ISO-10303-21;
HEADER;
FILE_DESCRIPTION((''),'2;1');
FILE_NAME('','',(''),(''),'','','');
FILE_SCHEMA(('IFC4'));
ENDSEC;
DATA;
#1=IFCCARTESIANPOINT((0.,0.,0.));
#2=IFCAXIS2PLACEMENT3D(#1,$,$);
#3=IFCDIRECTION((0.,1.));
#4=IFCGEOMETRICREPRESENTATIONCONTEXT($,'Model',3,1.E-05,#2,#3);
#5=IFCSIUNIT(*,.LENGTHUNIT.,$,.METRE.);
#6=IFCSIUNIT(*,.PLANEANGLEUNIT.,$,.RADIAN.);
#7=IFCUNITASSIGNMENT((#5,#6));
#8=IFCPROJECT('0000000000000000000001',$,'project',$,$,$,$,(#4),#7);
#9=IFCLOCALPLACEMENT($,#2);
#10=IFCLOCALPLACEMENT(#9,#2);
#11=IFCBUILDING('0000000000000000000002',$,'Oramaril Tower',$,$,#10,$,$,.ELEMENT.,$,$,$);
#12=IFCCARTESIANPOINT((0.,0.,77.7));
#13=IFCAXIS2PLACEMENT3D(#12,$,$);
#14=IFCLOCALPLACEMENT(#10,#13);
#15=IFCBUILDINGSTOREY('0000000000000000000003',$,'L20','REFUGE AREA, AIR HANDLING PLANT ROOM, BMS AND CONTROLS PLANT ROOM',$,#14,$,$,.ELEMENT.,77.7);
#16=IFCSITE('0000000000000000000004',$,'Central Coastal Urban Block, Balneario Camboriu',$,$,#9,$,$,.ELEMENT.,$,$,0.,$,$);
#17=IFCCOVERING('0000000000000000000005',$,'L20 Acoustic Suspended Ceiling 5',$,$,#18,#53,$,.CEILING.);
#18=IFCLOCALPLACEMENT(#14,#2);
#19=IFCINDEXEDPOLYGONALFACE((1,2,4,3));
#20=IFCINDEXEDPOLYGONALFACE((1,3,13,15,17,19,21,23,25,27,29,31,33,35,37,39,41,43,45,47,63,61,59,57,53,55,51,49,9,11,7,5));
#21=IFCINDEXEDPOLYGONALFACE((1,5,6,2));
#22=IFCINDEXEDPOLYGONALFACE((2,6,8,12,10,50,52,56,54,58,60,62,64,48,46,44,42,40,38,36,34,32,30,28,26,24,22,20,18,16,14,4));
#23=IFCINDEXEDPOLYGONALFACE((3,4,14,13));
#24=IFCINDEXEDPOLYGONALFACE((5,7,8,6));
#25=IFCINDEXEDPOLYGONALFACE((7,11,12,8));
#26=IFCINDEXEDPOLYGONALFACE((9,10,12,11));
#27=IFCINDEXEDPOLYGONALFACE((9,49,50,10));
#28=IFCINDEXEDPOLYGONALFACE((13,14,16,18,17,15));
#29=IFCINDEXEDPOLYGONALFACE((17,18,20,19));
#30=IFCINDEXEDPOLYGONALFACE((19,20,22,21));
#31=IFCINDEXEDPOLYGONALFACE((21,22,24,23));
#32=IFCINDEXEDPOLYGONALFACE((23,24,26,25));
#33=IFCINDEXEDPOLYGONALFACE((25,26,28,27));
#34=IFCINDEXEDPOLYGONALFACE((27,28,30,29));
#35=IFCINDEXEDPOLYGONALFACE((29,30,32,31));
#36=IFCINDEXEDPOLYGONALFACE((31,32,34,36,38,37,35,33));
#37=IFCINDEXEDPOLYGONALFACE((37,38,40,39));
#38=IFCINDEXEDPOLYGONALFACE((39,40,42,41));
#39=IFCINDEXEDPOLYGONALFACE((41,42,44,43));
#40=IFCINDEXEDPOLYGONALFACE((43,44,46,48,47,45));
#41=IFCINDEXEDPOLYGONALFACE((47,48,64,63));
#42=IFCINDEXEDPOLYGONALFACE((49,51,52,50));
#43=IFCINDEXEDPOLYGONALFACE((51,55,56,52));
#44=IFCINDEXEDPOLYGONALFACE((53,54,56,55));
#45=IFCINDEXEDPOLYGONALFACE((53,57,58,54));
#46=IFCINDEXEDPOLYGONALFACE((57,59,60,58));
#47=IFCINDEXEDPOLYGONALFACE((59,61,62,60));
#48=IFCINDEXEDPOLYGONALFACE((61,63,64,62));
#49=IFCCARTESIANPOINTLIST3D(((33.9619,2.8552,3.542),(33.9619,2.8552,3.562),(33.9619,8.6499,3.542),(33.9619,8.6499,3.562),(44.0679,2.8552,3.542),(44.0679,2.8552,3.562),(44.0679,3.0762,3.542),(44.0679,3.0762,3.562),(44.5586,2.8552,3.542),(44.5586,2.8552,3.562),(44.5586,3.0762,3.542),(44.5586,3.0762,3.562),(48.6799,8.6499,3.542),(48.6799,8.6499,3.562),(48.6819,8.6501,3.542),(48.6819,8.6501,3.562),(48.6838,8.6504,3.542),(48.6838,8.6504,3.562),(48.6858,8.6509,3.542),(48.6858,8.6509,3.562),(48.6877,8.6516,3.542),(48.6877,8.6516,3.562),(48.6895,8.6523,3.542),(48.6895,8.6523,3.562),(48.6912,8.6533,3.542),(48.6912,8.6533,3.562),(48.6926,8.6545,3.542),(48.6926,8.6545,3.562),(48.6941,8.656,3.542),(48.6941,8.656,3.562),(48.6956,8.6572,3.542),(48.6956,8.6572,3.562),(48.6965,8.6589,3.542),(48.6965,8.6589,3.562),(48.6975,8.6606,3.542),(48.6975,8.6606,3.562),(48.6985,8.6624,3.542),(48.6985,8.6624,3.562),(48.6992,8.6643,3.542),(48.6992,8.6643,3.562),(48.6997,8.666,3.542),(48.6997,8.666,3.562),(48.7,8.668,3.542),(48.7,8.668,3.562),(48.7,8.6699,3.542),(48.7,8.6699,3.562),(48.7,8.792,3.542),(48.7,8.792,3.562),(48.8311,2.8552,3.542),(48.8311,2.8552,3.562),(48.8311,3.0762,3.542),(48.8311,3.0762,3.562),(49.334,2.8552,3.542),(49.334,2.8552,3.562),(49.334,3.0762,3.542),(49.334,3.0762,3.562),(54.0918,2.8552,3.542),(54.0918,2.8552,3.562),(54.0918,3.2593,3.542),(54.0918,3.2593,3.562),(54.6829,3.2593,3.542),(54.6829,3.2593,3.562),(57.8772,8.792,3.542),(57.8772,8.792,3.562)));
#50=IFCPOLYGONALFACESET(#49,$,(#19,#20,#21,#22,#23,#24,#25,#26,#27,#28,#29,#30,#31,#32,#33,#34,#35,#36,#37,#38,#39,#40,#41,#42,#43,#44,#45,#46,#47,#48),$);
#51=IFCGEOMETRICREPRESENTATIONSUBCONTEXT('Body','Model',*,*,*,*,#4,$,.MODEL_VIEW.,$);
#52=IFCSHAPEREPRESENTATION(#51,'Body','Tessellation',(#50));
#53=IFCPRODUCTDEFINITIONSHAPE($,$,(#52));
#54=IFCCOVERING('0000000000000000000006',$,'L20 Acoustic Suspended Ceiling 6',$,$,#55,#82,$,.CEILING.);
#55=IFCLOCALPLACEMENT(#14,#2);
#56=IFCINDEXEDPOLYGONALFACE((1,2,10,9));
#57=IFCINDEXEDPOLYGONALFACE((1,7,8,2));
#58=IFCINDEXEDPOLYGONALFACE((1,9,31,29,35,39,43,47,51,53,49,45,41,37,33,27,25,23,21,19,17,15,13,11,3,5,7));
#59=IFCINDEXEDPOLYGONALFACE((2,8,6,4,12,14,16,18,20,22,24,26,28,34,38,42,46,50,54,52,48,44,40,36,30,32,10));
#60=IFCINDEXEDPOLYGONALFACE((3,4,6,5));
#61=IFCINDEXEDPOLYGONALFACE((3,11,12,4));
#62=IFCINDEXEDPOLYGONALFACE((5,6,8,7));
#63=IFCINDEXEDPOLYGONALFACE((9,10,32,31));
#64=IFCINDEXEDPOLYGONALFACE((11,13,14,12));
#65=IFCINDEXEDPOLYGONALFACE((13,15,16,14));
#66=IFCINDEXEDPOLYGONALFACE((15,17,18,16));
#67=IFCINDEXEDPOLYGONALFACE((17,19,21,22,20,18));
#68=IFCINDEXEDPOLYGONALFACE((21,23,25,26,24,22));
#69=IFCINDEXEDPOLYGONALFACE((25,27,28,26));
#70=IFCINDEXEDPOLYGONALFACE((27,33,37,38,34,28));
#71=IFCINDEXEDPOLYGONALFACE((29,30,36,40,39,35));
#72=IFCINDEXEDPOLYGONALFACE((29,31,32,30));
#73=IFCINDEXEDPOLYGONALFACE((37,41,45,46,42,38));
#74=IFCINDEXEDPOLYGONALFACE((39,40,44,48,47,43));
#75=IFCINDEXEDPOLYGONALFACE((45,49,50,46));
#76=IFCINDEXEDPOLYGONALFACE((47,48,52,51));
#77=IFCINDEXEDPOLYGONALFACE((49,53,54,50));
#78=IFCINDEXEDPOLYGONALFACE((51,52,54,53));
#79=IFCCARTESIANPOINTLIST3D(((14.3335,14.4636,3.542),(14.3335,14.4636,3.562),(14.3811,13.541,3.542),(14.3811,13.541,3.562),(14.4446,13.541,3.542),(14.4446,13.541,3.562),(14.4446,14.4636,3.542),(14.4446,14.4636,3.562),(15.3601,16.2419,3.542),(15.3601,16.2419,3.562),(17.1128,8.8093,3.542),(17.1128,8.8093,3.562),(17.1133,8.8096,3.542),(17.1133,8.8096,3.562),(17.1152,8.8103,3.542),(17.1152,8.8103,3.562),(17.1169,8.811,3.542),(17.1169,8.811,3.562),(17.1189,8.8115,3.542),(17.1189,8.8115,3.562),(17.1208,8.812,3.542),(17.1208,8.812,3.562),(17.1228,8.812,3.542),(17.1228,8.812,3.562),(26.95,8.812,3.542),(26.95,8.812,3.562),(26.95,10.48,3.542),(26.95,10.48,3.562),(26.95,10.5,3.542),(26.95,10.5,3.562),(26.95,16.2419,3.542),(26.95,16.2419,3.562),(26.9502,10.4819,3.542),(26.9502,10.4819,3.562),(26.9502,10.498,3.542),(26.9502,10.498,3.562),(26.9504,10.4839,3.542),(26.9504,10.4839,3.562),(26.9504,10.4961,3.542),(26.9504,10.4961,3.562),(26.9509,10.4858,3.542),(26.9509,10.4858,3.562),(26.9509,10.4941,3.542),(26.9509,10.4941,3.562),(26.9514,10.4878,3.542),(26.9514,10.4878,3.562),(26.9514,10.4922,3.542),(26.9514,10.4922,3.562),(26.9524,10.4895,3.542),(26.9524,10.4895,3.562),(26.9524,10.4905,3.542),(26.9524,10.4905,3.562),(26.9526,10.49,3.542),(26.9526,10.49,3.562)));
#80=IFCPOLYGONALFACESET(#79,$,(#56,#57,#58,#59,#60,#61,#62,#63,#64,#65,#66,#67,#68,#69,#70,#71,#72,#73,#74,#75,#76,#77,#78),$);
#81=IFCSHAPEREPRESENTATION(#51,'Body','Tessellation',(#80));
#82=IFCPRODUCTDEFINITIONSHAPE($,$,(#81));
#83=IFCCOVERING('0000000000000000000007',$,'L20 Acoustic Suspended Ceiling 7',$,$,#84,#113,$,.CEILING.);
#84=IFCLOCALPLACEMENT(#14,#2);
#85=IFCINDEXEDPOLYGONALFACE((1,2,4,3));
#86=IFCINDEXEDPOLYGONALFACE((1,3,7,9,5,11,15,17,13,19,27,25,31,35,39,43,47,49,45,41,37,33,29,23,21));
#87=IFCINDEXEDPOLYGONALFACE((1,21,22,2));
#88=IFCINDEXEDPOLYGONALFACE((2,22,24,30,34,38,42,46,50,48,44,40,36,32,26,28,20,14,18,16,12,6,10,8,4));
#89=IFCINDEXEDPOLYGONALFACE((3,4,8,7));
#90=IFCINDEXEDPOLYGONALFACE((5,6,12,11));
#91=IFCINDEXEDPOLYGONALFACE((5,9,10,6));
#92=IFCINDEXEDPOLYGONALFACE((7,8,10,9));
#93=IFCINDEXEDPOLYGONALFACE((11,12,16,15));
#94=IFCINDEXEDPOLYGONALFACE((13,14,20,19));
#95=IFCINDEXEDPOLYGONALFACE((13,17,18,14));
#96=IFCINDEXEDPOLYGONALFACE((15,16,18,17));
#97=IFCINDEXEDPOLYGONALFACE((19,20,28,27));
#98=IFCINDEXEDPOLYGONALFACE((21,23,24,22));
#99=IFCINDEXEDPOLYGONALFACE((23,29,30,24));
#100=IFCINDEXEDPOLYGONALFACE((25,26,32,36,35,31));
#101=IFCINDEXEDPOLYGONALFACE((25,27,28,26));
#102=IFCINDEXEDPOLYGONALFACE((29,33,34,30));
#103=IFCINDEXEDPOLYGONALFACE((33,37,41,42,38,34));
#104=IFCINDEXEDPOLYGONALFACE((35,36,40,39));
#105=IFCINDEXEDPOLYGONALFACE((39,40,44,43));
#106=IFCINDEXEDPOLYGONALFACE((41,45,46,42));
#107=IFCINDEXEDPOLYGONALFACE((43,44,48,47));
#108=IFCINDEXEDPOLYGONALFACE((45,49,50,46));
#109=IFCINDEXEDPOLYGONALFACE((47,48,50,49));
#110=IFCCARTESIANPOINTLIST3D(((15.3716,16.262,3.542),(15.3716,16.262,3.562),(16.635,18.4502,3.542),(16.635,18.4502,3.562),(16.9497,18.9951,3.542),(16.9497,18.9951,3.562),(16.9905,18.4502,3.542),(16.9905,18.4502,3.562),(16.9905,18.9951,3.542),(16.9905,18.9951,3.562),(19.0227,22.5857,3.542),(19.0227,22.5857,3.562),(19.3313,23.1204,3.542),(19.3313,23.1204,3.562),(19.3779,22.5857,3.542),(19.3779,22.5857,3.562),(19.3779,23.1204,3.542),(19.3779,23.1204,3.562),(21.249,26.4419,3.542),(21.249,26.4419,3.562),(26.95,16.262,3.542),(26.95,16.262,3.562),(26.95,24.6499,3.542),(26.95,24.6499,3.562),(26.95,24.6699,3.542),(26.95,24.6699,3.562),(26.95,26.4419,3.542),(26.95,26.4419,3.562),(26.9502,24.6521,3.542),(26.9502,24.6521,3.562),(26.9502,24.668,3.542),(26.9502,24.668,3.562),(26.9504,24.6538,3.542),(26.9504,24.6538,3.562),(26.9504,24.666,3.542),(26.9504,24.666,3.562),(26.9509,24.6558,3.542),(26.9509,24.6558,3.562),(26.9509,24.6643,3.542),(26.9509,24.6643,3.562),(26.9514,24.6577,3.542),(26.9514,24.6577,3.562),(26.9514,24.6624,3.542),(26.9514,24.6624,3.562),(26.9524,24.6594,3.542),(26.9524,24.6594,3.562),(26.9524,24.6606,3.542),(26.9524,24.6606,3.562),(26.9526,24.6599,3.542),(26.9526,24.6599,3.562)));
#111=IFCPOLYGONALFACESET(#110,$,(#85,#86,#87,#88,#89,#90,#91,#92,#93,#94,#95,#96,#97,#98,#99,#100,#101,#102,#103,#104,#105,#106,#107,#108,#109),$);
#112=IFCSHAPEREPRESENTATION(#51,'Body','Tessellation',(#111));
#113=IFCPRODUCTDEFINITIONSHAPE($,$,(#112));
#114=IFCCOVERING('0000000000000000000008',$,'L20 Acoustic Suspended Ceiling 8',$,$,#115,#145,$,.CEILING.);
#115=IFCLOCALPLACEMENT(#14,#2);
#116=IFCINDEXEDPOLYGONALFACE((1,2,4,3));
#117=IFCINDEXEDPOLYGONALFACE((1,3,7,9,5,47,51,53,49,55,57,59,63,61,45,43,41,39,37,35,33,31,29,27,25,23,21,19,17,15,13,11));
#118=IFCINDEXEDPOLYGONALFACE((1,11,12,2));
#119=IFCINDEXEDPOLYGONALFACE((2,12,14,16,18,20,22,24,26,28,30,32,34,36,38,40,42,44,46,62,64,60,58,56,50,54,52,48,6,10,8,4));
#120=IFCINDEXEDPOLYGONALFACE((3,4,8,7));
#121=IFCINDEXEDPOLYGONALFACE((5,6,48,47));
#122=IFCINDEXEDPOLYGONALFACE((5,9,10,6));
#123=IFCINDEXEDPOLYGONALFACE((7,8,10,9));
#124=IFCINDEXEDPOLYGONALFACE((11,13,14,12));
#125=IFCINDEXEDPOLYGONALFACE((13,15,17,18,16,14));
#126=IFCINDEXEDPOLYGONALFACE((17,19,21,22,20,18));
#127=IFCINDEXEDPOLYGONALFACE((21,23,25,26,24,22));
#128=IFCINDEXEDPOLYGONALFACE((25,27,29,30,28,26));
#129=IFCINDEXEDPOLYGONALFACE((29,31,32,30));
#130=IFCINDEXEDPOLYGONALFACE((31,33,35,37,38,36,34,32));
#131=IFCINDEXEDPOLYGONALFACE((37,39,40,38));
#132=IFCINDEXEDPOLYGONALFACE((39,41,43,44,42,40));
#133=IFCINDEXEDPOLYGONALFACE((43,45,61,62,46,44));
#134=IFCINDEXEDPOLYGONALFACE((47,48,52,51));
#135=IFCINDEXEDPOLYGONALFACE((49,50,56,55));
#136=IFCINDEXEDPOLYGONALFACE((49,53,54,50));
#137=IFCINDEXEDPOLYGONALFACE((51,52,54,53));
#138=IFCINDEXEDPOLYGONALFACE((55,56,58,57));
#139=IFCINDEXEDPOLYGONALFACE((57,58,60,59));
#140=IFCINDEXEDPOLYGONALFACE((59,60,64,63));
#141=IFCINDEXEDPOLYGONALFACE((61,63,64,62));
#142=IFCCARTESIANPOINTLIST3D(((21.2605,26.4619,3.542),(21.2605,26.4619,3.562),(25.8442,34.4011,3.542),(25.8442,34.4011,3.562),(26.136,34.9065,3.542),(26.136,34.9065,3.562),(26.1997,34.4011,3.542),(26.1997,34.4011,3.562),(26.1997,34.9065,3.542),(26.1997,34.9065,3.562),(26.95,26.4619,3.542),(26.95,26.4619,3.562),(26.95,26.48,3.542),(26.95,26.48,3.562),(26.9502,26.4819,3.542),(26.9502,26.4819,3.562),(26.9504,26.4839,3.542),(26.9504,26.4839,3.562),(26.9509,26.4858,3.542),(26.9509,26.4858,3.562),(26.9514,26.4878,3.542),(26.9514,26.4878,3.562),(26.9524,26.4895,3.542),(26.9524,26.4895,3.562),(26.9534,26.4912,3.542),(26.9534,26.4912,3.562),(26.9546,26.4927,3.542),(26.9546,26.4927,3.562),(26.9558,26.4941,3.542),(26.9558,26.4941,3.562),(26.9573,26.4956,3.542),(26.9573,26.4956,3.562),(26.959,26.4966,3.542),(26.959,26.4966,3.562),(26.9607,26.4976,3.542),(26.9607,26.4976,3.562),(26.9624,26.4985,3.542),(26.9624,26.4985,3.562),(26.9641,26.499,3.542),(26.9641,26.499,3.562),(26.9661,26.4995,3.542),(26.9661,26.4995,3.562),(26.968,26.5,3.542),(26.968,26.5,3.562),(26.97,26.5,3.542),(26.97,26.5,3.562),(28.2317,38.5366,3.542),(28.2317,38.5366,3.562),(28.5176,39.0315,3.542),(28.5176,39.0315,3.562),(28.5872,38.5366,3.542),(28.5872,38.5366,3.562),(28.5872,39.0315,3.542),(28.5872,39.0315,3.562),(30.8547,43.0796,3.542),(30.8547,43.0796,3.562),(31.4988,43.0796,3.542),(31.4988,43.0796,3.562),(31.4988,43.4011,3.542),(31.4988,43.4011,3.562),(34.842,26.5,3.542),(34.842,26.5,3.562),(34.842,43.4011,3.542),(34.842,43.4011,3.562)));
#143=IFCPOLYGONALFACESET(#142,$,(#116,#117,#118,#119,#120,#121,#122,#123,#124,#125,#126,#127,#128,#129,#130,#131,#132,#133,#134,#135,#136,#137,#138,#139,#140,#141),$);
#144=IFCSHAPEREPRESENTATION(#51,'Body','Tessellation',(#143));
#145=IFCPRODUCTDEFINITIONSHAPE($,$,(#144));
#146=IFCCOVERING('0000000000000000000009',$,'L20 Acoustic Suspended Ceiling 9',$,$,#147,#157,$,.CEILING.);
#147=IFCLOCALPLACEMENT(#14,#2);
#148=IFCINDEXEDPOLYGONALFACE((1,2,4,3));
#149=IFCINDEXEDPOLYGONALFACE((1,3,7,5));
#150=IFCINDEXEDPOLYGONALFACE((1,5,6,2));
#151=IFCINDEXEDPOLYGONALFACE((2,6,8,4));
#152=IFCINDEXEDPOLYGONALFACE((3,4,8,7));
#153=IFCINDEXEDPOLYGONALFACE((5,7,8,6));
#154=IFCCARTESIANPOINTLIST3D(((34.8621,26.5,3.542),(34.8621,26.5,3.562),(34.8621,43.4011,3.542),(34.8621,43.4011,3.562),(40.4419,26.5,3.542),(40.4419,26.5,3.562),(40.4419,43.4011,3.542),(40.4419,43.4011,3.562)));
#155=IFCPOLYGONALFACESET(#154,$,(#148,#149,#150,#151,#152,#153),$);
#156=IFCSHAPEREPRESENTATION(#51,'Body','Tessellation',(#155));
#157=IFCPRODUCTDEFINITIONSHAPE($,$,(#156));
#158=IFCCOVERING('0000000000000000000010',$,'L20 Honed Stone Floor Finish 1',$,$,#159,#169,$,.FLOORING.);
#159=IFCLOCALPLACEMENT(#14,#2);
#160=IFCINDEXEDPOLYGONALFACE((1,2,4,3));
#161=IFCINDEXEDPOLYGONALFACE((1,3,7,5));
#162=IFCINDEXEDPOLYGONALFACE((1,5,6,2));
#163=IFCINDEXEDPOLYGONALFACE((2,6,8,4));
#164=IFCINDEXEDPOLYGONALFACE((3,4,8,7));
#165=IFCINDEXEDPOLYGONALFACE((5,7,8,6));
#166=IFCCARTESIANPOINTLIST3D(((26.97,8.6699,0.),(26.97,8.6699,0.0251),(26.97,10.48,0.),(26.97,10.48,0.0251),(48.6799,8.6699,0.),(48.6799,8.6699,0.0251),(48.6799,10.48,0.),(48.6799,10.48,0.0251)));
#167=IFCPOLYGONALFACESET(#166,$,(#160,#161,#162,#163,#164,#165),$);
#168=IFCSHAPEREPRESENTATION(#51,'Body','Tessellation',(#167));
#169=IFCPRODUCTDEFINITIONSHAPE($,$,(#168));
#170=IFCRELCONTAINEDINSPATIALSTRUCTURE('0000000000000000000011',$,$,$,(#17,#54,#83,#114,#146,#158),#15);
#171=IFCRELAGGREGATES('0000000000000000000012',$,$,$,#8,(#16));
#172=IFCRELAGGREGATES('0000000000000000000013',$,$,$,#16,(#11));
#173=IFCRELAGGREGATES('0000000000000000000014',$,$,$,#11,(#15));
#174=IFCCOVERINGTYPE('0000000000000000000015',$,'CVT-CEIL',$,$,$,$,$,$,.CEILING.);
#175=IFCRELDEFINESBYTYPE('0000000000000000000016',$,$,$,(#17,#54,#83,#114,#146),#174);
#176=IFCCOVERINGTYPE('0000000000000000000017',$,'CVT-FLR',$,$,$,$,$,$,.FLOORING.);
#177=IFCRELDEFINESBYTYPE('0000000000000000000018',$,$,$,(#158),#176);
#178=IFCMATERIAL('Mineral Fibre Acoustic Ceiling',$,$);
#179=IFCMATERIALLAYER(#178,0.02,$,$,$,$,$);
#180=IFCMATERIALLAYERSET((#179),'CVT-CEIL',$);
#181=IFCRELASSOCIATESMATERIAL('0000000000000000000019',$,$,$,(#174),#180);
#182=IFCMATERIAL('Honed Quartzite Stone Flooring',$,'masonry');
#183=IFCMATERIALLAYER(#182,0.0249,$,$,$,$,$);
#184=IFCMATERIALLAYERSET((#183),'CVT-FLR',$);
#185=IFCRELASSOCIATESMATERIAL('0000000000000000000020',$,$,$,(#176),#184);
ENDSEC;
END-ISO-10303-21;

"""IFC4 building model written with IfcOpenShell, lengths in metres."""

from ifc_helpers import new_model, si_unit, direction, frame, origin, place, context, subcontext, project, spatial, polyline, outline, extrude, material, layer, layer_set, type_object, element, save


model = new_model("IFC4")

# Units and contexts
model_context = context("Model", 3, precision=1e-05, world=origin(), true_north=direction((0.0, 1.0)))
body_context = subcontext(model_context, "Body", "Model", "MODEL_VIEW")
ifc_project = project(units=[si_unit("LENGTHUNIT", "METRE"), si_unit("PLANEANGLEUNIT", "RADIAN")], contexts=[model_context])

# Site, building, storey
site_placement = place(None, origin())
site = spatial("IfcSite", under=ifc_project, at=site_placement, Name="Central Coastal Urban Block, Balneario Camboriu", CompositionType="ELEMENT", RefElevation=0.0)
building_placement = place(site_placement, origin())
building = spatial("IfcBuilding", under=site, at=building_placement, Name="Oramaril Tower", CompositionType="ELEMENT")
storey_placement = place(building_placement, frame((0.0, 0.0, 77.7)))
storey = spatial("IfcBuildingStorey", under=building, at=storey_placement, Name="L20", Description="REFUGE AREA, AIR HANDLING PLANT ROOM, BMS AND CONTROLS PLANT ROOM", CompositionType="ELEMENT", Elevation=77.7)

# Coverings
ifc_material_1 = material(Name="Mineral Fibre Acoustic Ceiling")
ifc_layer_1 = layer(ifc_material_1, 0.02)
ifc_layer_set_1 = layer_set([ifc_layer_1], Name="CVT-CEIL")
covering_type_1 = type_object("IfcCoveringType", Name="CVT-CEIL", PredefinedType="CEILING", material=ifc_layer_set_1)
covering_1_placement = place(storey_placement, frame((0.0, 0.0, 3.542)))
element("IfcCovering", 1, at=covering_1_placement, inside=storey, type_object=covering_type_1, Name="L20 Acoustic Suspended Ceiling 5", PredefinedType="CEILING", context=body_context, shape_type="SweptSolid", body=[
    extrude(outline(polyline([(49.334, 3.0762), (48.8311, 3.0762), (48.8311, 2.8552), (44.5586, 2.8552), (44.5586, 3.0762), (44.0679, 3.0762), (44.0679, 2.8552), (33.9619, 2.8552), (33.9619, 8.6499), (48.6799, 8.6499), (48.6819, 8.6501), (48.6838, 8.6504), (48.6858, 8.6509), (48.6877, 8.6516), (48.6895, 8.6523), (48.6912, 8.6533), (48.6926, 8.6545), (48.6941, 8.656), (48.6956, 8.6572), (48.6965, 8.6589), (48.6975, 8.6606), (48.6985, 8.6624), (48.6992, 8.6643), (48.6997, 8.666), (48.7, 8.668), (48.7, 8.6699), (48.7, 8.792), (57.8772, 8.792), (54.6829, 3.2593), (54.0918, 3.2593), (54.0918, 2.8552), (49.334, 2.8552), (49.334, 3.0762)])), origin(), (0.0, 0.0, 1.0), 0.02),
])
covering_2_placement = place(storey_placement, frame((0.0, 0.0, 3.542)))
element("IfcCovering", 2, at=covering_2_placement, inside=storey, type_object=covering_type_1, Name="L20 Acoustic Suspended Ceiling 6", PredefinedType="CEILING", context=body_context, shape_type="SweptSolid", body=[
    extrude(outline(polyline([(14.3811, 13.541), (14.4446, 13.541), (14.4446, 14.4636), (14.3335, 14.4636), (15.3601, 16.2419), (26.95, 16.2419), (26.95, 10.5), (26.9502, 10.498), (26.9504, 10.4961), (26.9509, 10.4941), (26.9514, 10.4922), (26.9524, 10.4905), (26.9526, 10.49), (26.9524, 10.4895), (26.9514, 10.4878), (26.9509, 10.4858), (26.9504, 10.4839), (26.9502, 10.4819), (26.95, 10.48), (26.95, 8.812), (17.1228, 8.812), (17.1208, 8.812), (17.1189, 8.8115), (17.1169, 8.811), (17.1152, 8.8103), (17.1133, 8.8096), (17.1128, 8.8093), (14.3811, 13.541)])), origin(), (0.0, 0.0, 1.0), 0.02),
])
covering_3_placement = place(storey_placement, frame((0.0, 0.0, 3.542)))
element("IfcCovering", 3, at=covering_3_placement, inside=storey, type_object=covering_type_1, Name="L20 Acoustic Suspended Ceiling 7", PredefinedType="CEILING", context=body_context, shape_type="SweptSolid", body=[
    extrude(outline(polyline([(16.635, 18.4502), (16.9905, 18.4502), (16.9905, 18.9951), (16.9497, 18.9951), (19.0227, 22.5857), (19.3779, 22.5857), (19.3779, 23.1204), (19.3313, 23.1204), (21.249, 26.4419), (26.95, 26.4419), (26.95, 24.6699), (26.9502, 24.668), (26.9504, 24.666), (26.9509, 24.6643), (26.9514, 24.6624), (26.9524, 24.6606), (26.9526, 24.6599), (26.9524, 24.6594), (26.9514, 24.6577), (26.9509, 24.6558), (26.9504, 24.6538), (26.9502, 24.6521), (26.95, 24.6499), (26.95, 16.262), (15.3716, 16.262), (16.635, 18.4502)])), origin(), (0.0, 0.0, 1.0), 0.02),
])
covering_4_placement = place(storey_placement, frame((0.0, 0.0, 3.542)))
element("IfcCovering", 4, at=covering_4_placement, inside=storey, type_object=covering_type_1, Name="L20 Acoustic Suspended Ceiling 8", PredefinedType="CEILING", context=body_context, shape_type="SweptSolid", body=[
    extrude(outline(polyline([(26.1997, 34.4011), (26.1997, 34.9065), (26.136, 34.9065), (28.2317, 38.5366), (28.5872, 38.5366), (28.5872, 39.0315), (28.5176, 39.0315), (30.8547, 43.0796), (31.4988, 43.0796), (31.4988, 43.4011), (34.842, 43.4011), (34.842, 26.5), (26.97, 26.5), (26.968, 26.5), (26.9661, 26.4995), (26.9641, 26.499), (26.9624, 26.4985), (26.9607, 26.4976), (26.959, 26.4966), (26.9573, 26.4956), (26.9558, 26.4941), (26.9546, 26.4927), (26.9534, 26.4912), (26.9524, 26.4895), (26.9514, 26.4878), (26.9509, 26.4858), (26.9504, 26.4839), (26.9502, 26.4819), (26.95, 26.48), (26.95, 26.4619), (21.2605, 26.4619), (25.8442, 34.4011), (26.1997, 34.4011)])), origin(), (0.0, 0.0, 1.0), 0.02),
])
covering_5_placement = place(storey_placement, frame((0.0, 0.0, 3.542)))
element("IfcCovering", 5, at=covering_5_placement, inside=storey, type_object=covering_type_1, Name="L20 Acoustic Suspended Ceiling 9", PredefinedType="CEILING", context=body_context, shape_type="SweptSolid", body=[
    extrude(outline(polyline([(40.4419, 43.4011), (40.4419, 26.5), (34.8621, 26.5), (34.8621, 43.4011), (40.4419, 43.4011)])), origin(), (0.0, 0.0, 1.0), 0.02),
])
ifc_material_2 = material(Name="Honed Quartzite Stone Flooring", Category="masonry")
ifc_layer_2 = layer(ifc_material_2, 0.0249)
ifc_layer_set_2 = layer_set([ifc_layer_2], Name="CVT-FLR")
covering_type_2 = type_object("IfcCoveringType", Name="CVT-FLR", PredefinedType="FLOORING", material=ifc_layer_set_2)
covering_6_placement = place(storey_placement, origin())
element("IfcCovering", 6, at=covering_6_placement, inside=storey, type_object=covering_type_2, Name="L20 Honed Stone Floor Finish 1", PredefinedType="FLOORING", context=body_context, shape_type="SweptSolid", body=[
    extrude(outline(polyline([(48.6799, 10.48), (48.6799, 8.6699), (26.97, 8.6699), (26.97, 10.48), (48.6799, 10.48)])), origin(), (0.0, 0.0, 1.0), 0.0251),
])

save(model, "model.ifc")
